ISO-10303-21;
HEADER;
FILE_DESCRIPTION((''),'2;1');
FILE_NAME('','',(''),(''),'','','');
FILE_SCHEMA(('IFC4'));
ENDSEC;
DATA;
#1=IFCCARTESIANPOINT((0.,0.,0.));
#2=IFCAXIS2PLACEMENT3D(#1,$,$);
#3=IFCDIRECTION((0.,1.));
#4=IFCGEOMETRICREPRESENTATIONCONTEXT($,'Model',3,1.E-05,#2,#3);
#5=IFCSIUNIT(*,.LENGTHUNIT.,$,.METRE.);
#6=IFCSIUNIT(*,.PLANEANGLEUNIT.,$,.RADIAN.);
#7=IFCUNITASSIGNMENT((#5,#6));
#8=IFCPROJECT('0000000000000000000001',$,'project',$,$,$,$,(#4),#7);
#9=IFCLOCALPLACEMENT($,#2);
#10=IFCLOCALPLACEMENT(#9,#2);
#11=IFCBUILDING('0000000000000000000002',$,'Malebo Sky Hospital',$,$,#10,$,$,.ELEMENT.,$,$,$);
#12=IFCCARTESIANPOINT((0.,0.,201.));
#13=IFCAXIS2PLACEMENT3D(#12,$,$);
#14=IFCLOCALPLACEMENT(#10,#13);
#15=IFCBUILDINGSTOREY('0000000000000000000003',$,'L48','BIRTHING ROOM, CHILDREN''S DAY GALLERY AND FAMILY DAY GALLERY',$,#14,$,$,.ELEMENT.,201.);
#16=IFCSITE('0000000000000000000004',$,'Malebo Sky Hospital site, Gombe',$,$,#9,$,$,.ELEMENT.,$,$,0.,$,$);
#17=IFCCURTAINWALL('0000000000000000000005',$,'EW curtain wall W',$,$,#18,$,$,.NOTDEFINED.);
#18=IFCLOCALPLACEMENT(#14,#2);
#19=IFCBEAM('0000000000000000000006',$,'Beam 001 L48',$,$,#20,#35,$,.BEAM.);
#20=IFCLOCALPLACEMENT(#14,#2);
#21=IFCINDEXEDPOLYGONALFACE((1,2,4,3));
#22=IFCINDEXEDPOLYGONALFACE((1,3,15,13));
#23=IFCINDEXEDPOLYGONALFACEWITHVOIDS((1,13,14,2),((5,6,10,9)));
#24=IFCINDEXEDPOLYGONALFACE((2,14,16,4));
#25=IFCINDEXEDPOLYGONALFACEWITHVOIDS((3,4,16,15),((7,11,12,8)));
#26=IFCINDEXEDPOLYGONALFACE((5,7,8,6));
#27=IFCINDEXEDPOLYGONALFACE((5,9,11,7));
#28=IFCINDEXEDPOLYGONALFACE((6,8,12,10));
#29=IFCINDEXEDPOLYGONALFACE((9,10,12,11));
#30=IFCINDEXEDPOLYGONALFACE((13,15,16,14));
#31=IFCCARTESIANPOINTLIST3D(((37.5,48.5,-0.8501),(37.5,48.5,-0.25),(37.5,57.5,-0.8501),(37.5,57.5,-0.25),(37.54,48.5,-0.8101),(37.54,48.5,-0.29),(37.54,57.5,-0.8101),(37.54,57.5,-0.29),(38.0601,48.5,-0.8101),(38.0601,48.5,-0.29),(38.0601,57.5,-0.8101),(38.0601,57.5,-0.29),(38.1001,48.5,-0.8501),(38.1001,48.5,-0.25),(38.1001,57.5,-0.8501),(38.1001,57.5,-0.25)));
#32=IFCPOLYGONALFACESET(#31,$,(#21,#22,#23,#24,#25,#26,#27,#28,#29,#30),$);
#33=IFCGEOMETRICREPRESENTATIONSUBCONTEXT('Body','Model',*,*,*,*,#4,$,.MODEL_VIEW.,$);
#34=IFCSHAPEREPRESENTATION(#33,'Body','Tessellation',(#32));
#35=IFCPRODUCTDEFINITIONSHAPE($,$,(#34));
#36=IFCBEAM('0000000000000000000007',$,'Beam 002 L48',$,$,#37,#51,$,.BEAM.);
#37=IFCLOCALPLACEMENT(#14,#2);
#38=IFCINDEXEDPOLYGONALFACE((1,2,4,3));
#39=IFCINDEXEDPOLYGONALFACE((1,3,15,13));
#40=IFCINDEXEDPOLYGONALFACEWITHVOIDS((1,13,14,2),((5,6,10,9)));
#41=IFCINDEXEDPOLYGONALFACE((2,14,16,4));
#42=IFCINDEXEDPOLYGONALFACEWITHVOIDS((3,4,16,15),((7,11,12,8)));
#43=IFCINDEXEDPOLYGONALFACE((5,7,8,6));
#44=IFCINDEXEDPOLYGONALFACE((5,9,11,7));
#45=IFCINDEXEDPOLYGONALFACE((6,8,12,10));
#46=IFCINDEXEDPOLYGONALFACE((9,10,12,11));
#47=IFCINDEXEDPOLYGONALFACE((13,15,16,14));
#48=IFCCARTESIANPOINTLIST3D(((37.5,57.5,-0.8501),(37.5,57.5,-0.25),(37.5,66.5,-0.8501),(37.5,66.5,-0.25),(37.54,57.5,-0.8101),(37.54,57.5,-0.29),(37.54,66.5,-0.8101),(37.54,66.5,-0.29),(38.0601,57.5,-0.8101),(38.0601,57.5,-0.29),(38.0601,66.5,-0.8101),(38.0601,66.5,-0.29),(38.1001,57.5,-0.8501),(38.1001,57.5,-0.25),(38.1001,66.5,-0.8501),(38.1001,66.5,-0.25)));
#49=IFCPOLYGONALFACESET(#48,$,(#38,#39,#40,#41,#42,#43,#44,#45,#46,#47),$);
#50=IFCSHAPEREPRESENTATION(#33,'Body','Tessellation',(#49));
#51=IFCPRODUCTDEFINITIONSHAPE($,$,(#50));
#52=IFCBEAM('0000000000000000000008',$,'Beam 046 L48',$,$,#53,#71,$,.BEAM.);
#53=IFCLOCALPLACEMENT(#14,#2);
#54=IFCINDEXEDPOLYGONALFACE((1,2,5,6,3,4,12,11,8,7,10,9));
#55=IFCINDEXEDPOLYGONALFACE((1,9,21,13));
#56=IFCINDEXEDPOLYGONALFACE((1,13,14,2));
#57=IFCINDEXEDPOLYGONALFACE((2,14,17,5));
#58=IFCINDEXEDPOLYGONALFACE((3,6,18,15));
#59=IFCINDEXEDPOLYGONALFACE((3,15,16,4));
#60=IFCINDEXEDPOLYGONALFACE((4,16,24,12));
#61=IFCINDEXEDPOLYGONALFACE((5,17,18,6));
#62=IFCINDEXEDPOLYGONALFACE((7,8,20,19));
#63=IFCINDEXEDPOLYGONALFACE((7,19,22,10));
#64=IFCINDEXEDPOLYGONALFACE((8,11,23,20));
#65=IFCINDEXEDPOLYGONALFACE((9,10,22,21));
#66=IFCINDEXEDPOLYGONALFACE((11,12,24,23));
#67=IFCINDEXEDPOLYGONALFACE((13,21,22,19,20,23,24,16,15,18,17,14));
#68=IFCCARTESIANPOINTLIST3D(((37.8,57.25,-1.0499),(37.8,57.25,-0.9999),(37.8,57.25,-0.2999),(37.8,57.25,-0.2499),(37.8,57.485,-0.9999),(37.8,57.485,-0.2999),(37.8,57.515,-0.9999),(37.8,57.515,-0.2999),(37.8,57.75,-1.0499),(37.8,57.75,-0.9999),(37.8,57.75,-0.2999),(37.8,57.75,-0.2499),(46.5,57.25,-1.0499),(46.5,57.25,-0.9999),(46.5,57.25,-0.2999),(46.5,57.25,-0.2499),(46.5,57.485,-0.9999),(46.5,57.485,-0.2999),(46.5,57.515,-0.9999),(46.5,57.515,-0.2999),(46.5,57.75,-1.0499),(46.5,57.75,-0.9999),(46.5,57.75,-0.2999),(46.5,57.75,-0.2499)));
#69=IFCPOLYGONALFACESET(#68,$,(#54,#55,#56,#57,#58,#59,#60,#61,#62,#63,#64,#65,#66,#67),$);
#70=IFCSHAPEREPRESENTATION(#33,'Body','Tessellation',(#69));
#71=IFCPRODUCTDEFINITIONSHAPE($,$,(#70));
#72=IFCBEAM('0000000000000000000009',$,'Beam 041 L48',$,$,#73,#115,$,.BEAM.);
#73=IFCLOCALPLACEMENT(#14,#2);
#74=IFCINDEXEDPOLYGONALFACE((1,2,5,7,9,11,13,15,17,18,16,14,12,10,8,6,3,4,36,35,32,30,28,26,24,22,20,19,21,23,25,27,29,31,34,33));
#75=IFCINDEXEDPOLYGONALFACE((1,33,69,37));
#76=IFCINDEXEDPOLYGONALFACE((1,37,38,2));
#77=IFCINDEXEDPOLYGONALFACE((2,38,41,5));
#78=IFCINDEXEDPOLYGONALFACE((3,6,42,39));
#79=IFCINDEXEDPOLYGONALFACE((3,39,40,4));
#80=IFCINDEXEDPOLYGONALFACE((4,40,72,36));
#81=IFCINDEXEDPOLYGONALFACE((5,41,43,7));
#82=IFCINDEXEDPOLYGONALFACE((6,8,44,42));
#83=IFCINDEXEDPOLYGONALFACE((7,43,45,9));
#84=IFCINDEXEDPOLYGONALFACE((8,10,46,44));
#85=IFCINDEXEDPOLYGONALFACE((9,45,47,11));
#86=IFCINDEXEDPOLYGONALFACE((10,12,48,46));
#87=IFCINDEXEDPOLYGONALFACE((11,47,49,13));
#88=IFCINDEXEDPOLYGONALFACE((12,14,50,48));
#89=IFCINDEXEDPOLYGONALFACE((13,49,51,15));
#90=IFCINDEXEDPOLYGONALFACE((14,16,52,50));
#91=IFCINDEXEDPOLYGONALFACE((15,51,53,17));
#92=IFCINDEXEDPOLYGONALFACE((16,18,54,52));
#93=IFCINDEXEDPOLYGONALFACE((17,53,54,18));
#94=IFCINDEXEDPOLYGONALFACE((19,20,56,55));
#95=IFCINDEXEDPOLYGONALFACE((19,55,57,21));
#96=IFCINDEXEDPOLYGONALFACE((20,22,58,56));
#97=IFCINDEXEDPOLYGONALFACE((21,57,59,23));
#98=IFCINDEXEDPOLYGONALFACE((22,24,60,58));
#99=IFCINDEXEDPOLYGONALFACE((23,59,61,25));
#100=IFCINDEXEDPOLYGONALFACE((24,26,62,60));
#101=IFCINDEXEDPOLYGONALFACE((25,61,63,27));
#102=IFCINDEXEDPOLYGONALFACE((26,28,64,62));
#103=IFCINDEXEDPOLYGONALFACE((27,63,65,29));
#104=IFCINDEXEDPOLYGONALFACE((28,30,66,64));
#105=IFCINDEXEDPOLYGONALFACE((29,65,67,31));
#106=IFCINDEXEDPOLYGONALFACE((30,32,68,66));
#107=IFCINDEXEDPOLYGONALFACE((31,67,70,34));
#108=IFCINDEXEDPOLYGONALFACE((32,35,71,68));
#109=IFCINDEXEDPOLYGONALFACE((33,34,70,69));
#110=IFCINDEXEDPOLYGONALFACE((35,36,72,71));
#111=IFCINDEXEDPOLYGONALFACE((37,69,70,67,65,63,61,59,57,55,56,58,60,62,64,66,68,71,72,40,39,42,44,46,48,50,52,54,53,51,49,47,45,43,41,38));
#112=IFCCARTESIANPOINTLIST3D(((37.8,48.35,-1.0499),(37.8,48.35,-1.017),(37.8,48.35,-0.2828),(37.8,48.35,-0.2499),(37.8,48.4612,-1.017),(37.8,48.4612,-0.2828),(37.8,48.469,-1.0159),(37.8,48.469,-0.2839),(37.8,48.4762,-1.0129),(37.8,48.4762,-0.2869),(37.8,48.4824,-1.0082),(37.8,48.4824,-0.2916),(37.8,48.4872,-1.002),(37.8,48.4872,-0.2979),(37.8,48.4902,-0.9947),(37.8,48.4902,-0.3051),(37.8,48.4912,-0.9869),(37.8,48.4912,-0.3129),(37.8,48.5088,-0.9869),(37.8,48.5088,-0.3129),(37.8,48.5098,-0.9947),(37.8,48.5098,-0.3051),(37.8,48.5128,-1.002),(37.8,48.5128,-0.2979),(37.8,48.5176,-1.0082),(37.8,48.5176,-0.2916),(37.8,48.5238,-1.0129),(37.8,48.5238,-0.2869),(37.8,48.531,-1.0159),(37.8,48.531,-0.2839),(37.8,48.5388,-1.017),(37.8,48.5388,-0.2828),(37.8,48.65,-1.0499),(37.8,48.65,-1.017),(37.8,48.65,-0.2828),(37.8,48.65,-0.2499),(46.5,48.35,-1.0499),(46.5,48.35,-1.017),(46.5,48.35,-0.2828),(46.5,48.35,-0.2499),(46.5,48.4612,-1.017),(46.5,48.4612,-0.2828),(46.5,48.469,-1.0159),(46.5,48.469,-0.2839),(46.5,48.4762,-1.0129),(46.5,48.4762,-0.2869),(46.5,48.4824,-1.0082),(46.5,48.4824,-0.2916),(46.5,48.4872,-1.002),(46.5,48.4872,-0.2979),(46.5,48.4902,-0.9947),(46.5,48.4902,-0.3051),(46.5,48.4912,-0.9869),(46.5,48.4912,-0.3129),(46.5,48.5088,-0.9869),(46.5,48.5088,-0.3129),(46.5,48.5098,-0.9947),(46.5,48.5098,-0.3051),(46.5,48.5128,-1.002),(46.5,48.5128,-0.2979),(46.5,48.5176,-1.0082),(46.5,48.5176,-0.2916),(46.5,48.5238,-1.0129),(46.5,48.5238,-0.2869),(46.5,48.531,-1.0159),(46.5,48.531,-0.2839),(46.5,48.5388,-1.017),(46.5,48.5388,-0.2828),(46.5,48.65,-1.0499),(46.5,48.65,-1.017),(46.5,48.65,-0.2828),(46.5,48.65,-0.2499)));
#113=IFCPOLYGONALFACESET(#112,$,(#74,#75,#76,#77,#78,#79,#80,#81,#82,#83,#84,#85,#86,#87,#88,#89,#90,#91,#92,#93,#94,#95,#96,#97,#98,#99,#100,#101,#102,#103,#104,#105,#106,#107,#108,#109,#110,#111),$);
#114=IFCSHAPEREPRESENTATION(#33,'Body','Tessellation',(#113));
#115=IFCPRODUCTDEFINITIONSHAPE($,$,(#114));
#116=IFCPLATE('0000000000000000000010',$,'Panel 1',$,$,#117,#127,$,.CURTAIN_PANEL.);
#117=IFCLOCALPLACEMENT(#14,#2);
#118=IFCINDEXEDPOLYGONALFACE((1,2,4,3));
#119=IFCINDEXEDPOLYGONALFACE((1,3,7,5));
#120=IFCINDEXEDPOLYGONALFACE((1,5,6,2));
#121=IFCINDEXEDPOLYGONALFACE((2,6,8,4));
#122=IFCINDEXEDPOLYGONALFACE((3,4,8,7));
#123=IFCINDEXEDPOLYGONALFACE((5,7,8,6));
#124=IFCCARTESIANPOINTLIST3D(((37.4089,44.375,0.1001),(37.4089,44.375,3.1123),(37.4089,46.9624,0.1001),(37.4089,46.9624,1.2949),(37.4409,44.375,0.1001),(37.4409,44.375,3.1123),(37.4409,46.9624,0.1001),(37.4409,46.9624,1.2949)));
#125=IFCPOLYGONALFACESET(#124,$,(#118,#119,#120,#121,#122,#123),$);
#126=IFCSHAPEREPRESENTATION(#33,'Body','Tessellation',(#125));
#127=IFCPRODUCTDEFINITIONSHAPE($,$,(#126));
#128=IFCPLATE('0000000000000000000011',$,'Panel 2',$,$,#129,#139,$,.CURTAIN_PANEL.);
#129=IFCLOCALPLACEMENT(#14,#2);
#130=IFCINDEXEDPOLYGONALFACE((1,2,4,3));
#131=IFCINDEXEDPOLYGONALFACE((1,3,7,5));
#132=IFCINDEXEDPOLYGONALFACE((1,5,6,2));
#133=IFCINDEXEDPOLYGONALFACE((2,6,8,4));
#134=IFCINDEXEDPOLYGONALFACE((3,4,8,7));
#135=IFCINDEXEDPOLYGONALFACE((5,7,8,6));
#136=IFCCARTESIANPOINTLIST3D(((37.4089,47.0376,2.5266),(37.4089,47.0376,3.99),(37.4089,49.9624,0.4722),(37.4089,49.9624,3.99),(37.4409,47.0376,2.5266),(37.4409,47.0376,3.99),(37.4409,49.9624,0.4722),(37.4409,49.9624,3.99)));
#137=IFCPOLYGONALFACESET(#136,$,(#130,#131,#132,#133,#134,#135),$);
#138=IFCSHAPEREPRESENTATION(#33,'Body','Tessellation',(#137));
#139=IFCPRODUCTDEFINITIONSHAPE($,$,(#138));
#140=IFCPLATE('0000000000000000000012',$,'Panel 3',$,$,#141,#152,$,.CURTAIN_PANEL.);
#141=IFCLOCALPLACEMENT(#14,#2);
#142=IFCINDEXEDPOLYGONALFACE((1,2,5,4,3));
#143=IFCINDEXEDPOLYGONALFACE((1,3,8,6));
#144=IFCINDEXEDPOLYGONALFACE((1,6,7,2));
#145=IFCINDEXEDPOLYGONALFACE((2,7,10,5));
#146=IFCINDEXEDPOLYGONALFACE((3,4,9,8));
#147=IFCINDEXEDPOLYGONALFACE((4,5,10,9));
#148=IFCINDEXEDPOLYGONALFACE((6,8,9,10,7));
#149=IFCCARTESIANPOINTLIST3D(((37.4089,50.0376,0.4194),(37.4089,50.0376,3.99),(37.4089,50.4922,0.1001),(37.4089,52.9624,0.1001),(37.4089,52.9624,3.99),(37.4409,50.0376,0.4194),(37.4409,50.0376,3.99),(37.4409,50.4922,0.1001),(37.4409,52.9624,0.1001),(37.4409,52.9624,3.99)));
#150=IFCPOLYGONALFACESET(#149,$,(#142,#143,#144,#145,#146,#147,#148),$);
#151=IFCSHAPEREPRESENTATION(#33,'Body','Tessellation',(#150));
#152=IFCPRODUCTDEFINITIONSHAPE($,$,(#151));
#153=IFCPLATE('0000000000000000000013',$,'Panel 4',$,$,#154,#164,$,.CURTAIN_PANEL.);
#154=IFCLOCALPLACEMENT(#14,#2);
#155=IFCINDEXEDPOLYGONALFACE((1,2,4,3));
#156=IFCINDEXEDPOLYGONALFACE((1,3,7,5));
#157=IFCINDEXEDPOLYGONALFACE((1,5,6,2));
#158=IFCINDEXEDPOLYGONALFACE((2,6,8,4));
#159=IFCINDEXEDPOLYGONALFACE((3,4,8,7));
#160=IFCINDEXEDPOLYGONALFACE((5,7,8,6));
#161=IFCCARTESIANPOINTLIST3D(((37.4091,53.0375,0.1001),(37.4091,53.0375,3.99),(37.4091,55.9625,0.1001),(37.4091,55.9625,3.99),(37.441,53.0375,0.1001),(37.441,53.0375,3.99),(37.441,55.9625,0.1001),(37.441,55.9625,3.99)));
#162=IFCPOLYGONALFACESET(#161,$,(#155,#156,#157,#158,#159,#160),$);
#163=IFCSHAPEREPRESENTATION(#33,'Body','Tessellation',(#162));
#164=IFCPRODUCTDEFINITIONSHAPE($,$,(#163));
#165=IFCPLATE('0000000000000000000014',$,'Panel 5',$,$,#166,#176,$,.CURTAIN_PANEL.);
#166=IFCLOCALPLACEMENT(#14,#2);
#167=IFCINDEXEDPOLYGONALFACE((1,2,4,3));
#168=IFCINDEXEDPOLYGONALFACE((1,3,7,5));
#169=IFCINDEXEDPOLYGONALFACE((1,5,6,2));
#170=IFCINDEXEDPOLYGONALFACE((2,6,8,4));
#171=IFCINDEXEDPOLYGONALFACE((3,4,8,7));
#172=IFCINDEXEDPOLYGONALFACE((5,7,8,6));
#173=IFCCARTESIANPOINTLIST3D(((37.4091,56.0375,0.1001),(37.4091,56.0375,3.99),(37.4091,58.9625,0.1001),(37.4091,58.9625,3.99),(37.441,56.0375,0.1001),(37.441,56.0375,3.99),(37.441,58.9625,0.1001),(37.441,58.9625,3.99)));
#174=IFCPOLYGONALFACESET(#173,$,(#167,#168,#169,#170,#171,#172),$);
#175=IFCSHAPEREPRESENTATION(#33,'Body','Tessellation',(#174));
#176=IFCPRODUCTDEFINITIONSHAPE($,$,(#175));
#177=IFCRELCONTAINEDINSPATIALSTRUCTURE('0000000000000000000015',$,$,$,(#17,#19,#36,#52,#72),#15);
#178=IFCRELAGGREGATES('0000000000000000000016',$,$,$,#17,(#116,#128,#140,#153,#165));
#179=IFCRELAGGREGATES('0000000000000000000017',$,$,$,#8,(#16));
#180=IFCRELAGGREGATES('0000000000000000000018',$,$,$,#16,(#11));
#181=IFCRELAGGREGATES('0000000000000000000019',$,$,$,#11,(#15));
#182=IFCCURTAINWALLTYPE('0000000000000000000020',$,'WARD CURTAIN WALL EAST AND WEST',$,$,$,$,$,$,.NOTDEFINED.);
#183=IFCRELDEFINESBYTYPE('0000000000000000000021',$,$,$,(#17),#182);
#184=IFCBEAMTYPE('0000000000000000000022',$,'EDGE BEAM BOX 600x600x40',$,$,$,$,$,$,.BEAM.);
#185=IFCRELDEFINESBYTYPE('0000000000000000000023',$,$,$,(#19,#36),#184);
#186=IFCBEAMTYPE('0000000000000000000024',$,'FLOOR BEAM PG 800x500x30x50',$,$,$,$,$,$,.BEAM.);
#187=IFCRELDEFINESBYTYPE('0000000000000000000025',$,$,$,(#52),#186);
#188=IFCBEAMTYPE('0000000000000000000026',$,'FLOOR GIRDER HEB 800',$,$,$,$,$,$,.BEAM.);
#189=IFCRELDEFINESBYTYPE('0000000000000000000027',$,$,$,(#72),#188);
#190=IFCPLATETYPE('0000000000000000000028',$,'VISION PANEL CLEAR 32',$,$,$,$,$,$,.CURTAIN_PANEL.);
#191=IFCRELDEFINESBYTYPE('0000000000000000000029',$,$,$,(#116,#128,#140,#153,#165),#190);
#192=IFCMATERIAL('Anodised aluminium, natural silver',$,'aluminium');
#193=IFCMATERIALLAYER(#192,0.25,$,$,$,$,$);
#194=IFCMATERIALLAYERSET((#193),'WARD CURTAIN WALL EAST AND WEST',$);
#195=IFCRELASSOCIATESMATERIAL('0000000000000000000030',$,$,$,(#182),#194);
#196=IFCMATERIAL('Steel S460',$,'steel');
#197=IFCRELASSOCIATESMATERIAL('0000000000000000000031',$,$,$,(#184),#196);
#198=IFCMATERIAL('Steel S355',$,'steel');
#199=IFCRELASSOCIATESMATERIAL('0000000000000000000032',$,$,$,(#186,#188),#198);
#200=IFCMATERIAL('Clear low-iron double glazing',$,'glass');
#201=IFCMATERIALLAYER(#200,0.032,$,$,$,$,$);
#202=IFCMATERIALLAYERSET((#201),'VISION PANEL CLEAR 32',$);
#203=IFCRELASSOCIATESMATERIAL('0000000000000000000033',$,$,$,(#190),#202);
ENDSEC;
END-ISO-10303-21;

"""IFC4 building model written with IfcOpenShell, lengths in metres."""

from ifc_helpers import new_model, si_unit, direction, frame, origin, origin_2d, place, context, subcontext, project, spatial, polyline, rectangle, hollow_rectangle, i_section, outline, extrude, material, layer, layer_set, material_profile, profile_set, type_object, element, aggregate, save


model = new_model("IFC4")

# Units and contexts
model_context = context("Model", 3, precision=1e-05, world=origin(), true_north=direction((0.0, 1.0)))
body_context = subcontext(model_context, "Body", "Model", "MODEL_VIEW")
ifc_project = project(units=[si_unit("LENGTHUNIT", "METRE"), si_unit("PLANEANGLEUNIT", "RADIAN")], contexts=[model_context])

# Site, building, storey
site_placement = place(None, origin())
site = spatial("IfcSite", under=ifc_project, at=site_placement, Name="Malebo Sky Hospital site, Gombe", CompositionType="ELEMENT", RefElevation=0.0)
building_placement = place(site_placement, origin())
building = spatial("IfcBuilding", under=site, at=building_placement, Name="Malebo Sky Hospital", CompositionType="ELEMENT")
storey_placement = place(building_placement, frame((0.0, 0.0, 201.0)))
storey = spatial("IfcBuildingStorey", under=building, at=storey_placement, Name="L48", Description="BIRTHING ROOM, CHILDREN'S DAY GALLERY AND FAMILY DAY GALLERY", CompositionType="ELEMENT", Elevation=201.0)

# Shared definitions
ifc_material_1 = material(Name="Steel S460", Category="steel")

# Curtain wall
ifc_material_2 = material(Name="Anodised aluminium, natural silver", Category="aluminium")
ifc_layer_1 = layer(ifc_material_2, 0.25)
ifc_layer_set_1 = layer_set([ifc_layer_1], Name="WARD CURTAIN WALL EAST AND WEST")
curtain_wall_type = type_object("IfcCurtainWallType", Name="WARD CURTAIN WALL EAST AND WEST", PredefinedType="NOTDEFINED", material=ifc_layer_set_1)
curtain_wall_placement = place(storey_placement, origin())
curtain_wall = element("IfcCurtainWall", 1, at=curtain_wall_placement, inside=storey, type_object=curtain_wall_type, Name="EW curtain wall W", PredefinedType="NOTDEFINED")

# Shared definitions
ifc_material_3 = material(Name="Steel S355", Category="steel")

# Beams
ifc_material_profile_1 = material_profile(ifc_material_1, hollow_rectangle(XDim=0.6001, YDim=0.6001, WallThickness=0.04, at=origin_2d()), Name="BOX 600x600x40")
ifc_profile_set_1 = profile_set([ifc_material_profile_1], Name="Steel S460")
beam_type_1 = type_object("IfcBeamType", Name="EDGE BEAM BOX 600x600x40", PredefinedType="BEAM", material=ifc_profile_set_1)
for number, where, z_axis, x_axis, name in (
    (2, (37.8, 48.5, -0.55), (0.0, 1.0, 0.0), (-1.0, 0.0, 0.0), "Beam 001 L48"),
    (3, (37.8, 57.5, -0.55), (0.0, 1.0, 0.0), (-1.0, 0.0, 0.0), "Beam 002 L48"),
):
    element("IfcBeam", number, at=place(storey_placement, frame(where, z_axis=z_axis, x_axis=x_axis)), inside=storey, type_object=beam_type_1, Name=name, PredefinedType="BEAM", context=body_context, shape_type="SweptSolid", body=[
        extrude(hollow_rectangle(XDim=0.6001, YDim=0.6001, WallThickness=0.04, at=origin_2d()), origin(), (0.0, 0.0, 1.0), 9.0),
    ])
ifc_material_profile_2 = material_profile(ifc_material_3, i_section(OverallWidth=0.5, OverallDepth=0.8, WebThickness=0.03, FlangeThickness=0.05, at=origin_2d()), Name="PG 800x500x30x50")
ifc_profile_set_2 = profile_set([ifc_material_profile_2], Name="Steel S355")
beam_type_2 = type_object("IfcBeamType", Name="FLOOR BEAM PG 800x500x30x50", PredefinedType="BEAM", material=ifc_profile_set_2)
beam_1_placement = place(storey_placement, frame((37.8, 57.5, -0.6499), z_axis=(1.0, 0.0, 0.0), x_axis=(0.0, 1.0, 0.0)))
element("IfcBeam", 4, at=beam_1_placement, inside=storey, type_object=beam_type_2, Name="Beam 046 L48", PredefinedType="BEAM", context=body_context, shape_type="SweptSolid", body=[
    extrude(i_section(OverallWidth=0.5, OverallDepth=0.8, WebThickness=0.03, FlangeThickness=0.05, at=origin_2d()), origin(), (0.0, 0.0, 1.0), 8.7),
])
ifc_material_profile_3 = material_profile(ifc_material_3, i_section(OverallWidth=0.3, OverallDepth=0.8, WebThickness=0.0176, FlangeThickness=0.033, FilletRadius=0.03, at=origin_2d()), Name="HEB 800")
ifc_profile_set_3 = profile_set([ifc_material_profile_3], Name="Steel S355")
beam_type_3 = type_object("IfcBeamType", Name="FLOOR GIRDER HEB 800", PredefinedType="BEAM", material=ifc_profile_set_3)
beam_2_placement = place(storey_placement, frame((37.8, 48.5, -0.6499), z_axis=(1.0, 0.0, 0.0), x_axis=(0.0, 1.0, 0.0)))
element("IfcBeam", 5, at=beam_2_placement, inside=storey, type_object=beam_type_3, Name="Beam 041 L48", PredefinedType="BEAM", context=body_context, shape_type="SweptSolid", body=[
    extrude(i_section(OverallWidth=0.3, OverallDepth=0.8, WebThickness=0.0176, FlangeThickness=0.033, FilletRadius=0.03, at=origin_2d()), origin(), (0.0, 0.0, 1.0), 8.7),
])

# Plates
ifc_material_4 = material(Name="Clear low-iron double glazing", Category="glass")
ifc_layer_2 = layer(ifc_material_4, 0.032)
ifc_layer_set_2 = layer_set([ifc_layer_2], Name="VISION PANEL CLEAR 32")
plate_type = type_object("IfcPlateType", Name="VISION PANEL CLEAR 32", PredefinedType="CURTAIN_PANEL", material=ifc_layer_set_2)
plate_1_placement = place(storey_placement, frame((37.425, 45.6687, 0.1001), z_axis=(0.0, 0.0, 1.0), x_axis=(0.0, 1.0, 0.0)))
plate_1 = element("IfcPlate", 6, at=plate_1_placement, type_object=plate_type, Name="Panel 1", PredefinedType="CURTAIN_PANEL", context=body_context, shape_type="SweptSolid", body=[
    extrude(outline(polyline([(-1.2937, 0.0), (1.2937, 0.0), (1.2937, 1.1948), (-1.2937, 3.0122), (-1.2937, 0.0)])), frame((0.0, 0.0161, 0.0), z_axis=(0.0, -1.0, 0.0), x_axis=(1.0, 0.0, 0.0)), (0.0, 0.0, 1.0), 0.032),
])
plate_2_placement = place(storey_placement, frame((37.425, 48.5, 0.4722), z_axis=(0.0, 0.0, 1.0), x_axis=(0.0, 1.0, 0.0)))
plate_2 = element("IfcPlate", 7, at=plate_2_placement, type_object=plate_type, Name="Panel 2", PredefinedType="CURTAIN_PANEL", context=body_context, shape_type="SweptSolid", body=[
    extrude(outline(polyline([(1.4624, 0.0), (1.4624, 3.5178), (-1.4624, 3.5178), (-1.4624, 2.0544), (1.4624, 0.0)])), frame((0.0, 0.0161, 0.0), z_axis=(0.0, -1.0, 0.0), x_axis=(1.0, 0.0, 0.0)), (0.0, 0.0, 1.0), 0.032),
])
plate_3_placement = place(storey_placement, frame((37.425, 51.5, 0.1001), z_axis=(0.0, 0.0, 1.0), x_axis=(0.0, 1.0, 0.0)))
plate_3 = element("IfcPlate", 8, at=plate_3_placement, type_object=plate_type, Name="Panel 3", PredefinedType="CURTAIN_PANEL", context=body_context, shape_type="SweptSolid", body=[
    extrude(outline(polyline([(-1.0078, 0.0), (1.4624, 0.0), (1.4624, 3.8899), (-1.4624, 3.8899), (-1.4624, 0.3193), (-1.0078, 0.0)])), frame((0.0, 0.0161, 0.0), z_axis=(0.0, -1.0, 0.0), x_axis=(1.0, 0.0, 0.0)), (0.0, 0.0, 1.0), 0.032),
])
plate_4_placement = place(storey_placement, frame((37.425, 54.5, 0.1001), z_axis=(0.0, 0.0, 1.0), x_axis=(0.0, 1.0, 0.0)))
plate_4 = element("IfcPlate", 9, at=plate_4_placement, type_object=plate_type, Name="Panel 4", PredefinedType="CURTAIN_PANEL", context=body_context, shape_type="SweptSolid", body=[
    extrude(rectangle(XDim=2.925, YDim=0.032, at=origin_2d()), origin(), (0.0, 0.0, 1.0), 3.8899),
])
plate_5_placement = place(storey_placement, frame((37.425, 57.5, 0.1001), z_axis=(0.0, 0.0, 1.0), x_axis=(0.0, 1.0, 0.0)))
plate_5 = element("IfcPlate", 10, at=plate_5_placement, type_object=plate_type, Name="Panel 5", PredefinedType="CURTAIN_PANEL", context=body_context, shape_type="SweptSolid", body=[
    extrude(rectangle(XDim=2.925, YDim=0.032, at=origin_2d()), origin(), (0.0, 0.0, 1.0), 3.8899),
])
aggregate(curtain_wall, [plate_1, plate_2, plate_3, plate_4, plate_5])

save(model, "model.ifc")
